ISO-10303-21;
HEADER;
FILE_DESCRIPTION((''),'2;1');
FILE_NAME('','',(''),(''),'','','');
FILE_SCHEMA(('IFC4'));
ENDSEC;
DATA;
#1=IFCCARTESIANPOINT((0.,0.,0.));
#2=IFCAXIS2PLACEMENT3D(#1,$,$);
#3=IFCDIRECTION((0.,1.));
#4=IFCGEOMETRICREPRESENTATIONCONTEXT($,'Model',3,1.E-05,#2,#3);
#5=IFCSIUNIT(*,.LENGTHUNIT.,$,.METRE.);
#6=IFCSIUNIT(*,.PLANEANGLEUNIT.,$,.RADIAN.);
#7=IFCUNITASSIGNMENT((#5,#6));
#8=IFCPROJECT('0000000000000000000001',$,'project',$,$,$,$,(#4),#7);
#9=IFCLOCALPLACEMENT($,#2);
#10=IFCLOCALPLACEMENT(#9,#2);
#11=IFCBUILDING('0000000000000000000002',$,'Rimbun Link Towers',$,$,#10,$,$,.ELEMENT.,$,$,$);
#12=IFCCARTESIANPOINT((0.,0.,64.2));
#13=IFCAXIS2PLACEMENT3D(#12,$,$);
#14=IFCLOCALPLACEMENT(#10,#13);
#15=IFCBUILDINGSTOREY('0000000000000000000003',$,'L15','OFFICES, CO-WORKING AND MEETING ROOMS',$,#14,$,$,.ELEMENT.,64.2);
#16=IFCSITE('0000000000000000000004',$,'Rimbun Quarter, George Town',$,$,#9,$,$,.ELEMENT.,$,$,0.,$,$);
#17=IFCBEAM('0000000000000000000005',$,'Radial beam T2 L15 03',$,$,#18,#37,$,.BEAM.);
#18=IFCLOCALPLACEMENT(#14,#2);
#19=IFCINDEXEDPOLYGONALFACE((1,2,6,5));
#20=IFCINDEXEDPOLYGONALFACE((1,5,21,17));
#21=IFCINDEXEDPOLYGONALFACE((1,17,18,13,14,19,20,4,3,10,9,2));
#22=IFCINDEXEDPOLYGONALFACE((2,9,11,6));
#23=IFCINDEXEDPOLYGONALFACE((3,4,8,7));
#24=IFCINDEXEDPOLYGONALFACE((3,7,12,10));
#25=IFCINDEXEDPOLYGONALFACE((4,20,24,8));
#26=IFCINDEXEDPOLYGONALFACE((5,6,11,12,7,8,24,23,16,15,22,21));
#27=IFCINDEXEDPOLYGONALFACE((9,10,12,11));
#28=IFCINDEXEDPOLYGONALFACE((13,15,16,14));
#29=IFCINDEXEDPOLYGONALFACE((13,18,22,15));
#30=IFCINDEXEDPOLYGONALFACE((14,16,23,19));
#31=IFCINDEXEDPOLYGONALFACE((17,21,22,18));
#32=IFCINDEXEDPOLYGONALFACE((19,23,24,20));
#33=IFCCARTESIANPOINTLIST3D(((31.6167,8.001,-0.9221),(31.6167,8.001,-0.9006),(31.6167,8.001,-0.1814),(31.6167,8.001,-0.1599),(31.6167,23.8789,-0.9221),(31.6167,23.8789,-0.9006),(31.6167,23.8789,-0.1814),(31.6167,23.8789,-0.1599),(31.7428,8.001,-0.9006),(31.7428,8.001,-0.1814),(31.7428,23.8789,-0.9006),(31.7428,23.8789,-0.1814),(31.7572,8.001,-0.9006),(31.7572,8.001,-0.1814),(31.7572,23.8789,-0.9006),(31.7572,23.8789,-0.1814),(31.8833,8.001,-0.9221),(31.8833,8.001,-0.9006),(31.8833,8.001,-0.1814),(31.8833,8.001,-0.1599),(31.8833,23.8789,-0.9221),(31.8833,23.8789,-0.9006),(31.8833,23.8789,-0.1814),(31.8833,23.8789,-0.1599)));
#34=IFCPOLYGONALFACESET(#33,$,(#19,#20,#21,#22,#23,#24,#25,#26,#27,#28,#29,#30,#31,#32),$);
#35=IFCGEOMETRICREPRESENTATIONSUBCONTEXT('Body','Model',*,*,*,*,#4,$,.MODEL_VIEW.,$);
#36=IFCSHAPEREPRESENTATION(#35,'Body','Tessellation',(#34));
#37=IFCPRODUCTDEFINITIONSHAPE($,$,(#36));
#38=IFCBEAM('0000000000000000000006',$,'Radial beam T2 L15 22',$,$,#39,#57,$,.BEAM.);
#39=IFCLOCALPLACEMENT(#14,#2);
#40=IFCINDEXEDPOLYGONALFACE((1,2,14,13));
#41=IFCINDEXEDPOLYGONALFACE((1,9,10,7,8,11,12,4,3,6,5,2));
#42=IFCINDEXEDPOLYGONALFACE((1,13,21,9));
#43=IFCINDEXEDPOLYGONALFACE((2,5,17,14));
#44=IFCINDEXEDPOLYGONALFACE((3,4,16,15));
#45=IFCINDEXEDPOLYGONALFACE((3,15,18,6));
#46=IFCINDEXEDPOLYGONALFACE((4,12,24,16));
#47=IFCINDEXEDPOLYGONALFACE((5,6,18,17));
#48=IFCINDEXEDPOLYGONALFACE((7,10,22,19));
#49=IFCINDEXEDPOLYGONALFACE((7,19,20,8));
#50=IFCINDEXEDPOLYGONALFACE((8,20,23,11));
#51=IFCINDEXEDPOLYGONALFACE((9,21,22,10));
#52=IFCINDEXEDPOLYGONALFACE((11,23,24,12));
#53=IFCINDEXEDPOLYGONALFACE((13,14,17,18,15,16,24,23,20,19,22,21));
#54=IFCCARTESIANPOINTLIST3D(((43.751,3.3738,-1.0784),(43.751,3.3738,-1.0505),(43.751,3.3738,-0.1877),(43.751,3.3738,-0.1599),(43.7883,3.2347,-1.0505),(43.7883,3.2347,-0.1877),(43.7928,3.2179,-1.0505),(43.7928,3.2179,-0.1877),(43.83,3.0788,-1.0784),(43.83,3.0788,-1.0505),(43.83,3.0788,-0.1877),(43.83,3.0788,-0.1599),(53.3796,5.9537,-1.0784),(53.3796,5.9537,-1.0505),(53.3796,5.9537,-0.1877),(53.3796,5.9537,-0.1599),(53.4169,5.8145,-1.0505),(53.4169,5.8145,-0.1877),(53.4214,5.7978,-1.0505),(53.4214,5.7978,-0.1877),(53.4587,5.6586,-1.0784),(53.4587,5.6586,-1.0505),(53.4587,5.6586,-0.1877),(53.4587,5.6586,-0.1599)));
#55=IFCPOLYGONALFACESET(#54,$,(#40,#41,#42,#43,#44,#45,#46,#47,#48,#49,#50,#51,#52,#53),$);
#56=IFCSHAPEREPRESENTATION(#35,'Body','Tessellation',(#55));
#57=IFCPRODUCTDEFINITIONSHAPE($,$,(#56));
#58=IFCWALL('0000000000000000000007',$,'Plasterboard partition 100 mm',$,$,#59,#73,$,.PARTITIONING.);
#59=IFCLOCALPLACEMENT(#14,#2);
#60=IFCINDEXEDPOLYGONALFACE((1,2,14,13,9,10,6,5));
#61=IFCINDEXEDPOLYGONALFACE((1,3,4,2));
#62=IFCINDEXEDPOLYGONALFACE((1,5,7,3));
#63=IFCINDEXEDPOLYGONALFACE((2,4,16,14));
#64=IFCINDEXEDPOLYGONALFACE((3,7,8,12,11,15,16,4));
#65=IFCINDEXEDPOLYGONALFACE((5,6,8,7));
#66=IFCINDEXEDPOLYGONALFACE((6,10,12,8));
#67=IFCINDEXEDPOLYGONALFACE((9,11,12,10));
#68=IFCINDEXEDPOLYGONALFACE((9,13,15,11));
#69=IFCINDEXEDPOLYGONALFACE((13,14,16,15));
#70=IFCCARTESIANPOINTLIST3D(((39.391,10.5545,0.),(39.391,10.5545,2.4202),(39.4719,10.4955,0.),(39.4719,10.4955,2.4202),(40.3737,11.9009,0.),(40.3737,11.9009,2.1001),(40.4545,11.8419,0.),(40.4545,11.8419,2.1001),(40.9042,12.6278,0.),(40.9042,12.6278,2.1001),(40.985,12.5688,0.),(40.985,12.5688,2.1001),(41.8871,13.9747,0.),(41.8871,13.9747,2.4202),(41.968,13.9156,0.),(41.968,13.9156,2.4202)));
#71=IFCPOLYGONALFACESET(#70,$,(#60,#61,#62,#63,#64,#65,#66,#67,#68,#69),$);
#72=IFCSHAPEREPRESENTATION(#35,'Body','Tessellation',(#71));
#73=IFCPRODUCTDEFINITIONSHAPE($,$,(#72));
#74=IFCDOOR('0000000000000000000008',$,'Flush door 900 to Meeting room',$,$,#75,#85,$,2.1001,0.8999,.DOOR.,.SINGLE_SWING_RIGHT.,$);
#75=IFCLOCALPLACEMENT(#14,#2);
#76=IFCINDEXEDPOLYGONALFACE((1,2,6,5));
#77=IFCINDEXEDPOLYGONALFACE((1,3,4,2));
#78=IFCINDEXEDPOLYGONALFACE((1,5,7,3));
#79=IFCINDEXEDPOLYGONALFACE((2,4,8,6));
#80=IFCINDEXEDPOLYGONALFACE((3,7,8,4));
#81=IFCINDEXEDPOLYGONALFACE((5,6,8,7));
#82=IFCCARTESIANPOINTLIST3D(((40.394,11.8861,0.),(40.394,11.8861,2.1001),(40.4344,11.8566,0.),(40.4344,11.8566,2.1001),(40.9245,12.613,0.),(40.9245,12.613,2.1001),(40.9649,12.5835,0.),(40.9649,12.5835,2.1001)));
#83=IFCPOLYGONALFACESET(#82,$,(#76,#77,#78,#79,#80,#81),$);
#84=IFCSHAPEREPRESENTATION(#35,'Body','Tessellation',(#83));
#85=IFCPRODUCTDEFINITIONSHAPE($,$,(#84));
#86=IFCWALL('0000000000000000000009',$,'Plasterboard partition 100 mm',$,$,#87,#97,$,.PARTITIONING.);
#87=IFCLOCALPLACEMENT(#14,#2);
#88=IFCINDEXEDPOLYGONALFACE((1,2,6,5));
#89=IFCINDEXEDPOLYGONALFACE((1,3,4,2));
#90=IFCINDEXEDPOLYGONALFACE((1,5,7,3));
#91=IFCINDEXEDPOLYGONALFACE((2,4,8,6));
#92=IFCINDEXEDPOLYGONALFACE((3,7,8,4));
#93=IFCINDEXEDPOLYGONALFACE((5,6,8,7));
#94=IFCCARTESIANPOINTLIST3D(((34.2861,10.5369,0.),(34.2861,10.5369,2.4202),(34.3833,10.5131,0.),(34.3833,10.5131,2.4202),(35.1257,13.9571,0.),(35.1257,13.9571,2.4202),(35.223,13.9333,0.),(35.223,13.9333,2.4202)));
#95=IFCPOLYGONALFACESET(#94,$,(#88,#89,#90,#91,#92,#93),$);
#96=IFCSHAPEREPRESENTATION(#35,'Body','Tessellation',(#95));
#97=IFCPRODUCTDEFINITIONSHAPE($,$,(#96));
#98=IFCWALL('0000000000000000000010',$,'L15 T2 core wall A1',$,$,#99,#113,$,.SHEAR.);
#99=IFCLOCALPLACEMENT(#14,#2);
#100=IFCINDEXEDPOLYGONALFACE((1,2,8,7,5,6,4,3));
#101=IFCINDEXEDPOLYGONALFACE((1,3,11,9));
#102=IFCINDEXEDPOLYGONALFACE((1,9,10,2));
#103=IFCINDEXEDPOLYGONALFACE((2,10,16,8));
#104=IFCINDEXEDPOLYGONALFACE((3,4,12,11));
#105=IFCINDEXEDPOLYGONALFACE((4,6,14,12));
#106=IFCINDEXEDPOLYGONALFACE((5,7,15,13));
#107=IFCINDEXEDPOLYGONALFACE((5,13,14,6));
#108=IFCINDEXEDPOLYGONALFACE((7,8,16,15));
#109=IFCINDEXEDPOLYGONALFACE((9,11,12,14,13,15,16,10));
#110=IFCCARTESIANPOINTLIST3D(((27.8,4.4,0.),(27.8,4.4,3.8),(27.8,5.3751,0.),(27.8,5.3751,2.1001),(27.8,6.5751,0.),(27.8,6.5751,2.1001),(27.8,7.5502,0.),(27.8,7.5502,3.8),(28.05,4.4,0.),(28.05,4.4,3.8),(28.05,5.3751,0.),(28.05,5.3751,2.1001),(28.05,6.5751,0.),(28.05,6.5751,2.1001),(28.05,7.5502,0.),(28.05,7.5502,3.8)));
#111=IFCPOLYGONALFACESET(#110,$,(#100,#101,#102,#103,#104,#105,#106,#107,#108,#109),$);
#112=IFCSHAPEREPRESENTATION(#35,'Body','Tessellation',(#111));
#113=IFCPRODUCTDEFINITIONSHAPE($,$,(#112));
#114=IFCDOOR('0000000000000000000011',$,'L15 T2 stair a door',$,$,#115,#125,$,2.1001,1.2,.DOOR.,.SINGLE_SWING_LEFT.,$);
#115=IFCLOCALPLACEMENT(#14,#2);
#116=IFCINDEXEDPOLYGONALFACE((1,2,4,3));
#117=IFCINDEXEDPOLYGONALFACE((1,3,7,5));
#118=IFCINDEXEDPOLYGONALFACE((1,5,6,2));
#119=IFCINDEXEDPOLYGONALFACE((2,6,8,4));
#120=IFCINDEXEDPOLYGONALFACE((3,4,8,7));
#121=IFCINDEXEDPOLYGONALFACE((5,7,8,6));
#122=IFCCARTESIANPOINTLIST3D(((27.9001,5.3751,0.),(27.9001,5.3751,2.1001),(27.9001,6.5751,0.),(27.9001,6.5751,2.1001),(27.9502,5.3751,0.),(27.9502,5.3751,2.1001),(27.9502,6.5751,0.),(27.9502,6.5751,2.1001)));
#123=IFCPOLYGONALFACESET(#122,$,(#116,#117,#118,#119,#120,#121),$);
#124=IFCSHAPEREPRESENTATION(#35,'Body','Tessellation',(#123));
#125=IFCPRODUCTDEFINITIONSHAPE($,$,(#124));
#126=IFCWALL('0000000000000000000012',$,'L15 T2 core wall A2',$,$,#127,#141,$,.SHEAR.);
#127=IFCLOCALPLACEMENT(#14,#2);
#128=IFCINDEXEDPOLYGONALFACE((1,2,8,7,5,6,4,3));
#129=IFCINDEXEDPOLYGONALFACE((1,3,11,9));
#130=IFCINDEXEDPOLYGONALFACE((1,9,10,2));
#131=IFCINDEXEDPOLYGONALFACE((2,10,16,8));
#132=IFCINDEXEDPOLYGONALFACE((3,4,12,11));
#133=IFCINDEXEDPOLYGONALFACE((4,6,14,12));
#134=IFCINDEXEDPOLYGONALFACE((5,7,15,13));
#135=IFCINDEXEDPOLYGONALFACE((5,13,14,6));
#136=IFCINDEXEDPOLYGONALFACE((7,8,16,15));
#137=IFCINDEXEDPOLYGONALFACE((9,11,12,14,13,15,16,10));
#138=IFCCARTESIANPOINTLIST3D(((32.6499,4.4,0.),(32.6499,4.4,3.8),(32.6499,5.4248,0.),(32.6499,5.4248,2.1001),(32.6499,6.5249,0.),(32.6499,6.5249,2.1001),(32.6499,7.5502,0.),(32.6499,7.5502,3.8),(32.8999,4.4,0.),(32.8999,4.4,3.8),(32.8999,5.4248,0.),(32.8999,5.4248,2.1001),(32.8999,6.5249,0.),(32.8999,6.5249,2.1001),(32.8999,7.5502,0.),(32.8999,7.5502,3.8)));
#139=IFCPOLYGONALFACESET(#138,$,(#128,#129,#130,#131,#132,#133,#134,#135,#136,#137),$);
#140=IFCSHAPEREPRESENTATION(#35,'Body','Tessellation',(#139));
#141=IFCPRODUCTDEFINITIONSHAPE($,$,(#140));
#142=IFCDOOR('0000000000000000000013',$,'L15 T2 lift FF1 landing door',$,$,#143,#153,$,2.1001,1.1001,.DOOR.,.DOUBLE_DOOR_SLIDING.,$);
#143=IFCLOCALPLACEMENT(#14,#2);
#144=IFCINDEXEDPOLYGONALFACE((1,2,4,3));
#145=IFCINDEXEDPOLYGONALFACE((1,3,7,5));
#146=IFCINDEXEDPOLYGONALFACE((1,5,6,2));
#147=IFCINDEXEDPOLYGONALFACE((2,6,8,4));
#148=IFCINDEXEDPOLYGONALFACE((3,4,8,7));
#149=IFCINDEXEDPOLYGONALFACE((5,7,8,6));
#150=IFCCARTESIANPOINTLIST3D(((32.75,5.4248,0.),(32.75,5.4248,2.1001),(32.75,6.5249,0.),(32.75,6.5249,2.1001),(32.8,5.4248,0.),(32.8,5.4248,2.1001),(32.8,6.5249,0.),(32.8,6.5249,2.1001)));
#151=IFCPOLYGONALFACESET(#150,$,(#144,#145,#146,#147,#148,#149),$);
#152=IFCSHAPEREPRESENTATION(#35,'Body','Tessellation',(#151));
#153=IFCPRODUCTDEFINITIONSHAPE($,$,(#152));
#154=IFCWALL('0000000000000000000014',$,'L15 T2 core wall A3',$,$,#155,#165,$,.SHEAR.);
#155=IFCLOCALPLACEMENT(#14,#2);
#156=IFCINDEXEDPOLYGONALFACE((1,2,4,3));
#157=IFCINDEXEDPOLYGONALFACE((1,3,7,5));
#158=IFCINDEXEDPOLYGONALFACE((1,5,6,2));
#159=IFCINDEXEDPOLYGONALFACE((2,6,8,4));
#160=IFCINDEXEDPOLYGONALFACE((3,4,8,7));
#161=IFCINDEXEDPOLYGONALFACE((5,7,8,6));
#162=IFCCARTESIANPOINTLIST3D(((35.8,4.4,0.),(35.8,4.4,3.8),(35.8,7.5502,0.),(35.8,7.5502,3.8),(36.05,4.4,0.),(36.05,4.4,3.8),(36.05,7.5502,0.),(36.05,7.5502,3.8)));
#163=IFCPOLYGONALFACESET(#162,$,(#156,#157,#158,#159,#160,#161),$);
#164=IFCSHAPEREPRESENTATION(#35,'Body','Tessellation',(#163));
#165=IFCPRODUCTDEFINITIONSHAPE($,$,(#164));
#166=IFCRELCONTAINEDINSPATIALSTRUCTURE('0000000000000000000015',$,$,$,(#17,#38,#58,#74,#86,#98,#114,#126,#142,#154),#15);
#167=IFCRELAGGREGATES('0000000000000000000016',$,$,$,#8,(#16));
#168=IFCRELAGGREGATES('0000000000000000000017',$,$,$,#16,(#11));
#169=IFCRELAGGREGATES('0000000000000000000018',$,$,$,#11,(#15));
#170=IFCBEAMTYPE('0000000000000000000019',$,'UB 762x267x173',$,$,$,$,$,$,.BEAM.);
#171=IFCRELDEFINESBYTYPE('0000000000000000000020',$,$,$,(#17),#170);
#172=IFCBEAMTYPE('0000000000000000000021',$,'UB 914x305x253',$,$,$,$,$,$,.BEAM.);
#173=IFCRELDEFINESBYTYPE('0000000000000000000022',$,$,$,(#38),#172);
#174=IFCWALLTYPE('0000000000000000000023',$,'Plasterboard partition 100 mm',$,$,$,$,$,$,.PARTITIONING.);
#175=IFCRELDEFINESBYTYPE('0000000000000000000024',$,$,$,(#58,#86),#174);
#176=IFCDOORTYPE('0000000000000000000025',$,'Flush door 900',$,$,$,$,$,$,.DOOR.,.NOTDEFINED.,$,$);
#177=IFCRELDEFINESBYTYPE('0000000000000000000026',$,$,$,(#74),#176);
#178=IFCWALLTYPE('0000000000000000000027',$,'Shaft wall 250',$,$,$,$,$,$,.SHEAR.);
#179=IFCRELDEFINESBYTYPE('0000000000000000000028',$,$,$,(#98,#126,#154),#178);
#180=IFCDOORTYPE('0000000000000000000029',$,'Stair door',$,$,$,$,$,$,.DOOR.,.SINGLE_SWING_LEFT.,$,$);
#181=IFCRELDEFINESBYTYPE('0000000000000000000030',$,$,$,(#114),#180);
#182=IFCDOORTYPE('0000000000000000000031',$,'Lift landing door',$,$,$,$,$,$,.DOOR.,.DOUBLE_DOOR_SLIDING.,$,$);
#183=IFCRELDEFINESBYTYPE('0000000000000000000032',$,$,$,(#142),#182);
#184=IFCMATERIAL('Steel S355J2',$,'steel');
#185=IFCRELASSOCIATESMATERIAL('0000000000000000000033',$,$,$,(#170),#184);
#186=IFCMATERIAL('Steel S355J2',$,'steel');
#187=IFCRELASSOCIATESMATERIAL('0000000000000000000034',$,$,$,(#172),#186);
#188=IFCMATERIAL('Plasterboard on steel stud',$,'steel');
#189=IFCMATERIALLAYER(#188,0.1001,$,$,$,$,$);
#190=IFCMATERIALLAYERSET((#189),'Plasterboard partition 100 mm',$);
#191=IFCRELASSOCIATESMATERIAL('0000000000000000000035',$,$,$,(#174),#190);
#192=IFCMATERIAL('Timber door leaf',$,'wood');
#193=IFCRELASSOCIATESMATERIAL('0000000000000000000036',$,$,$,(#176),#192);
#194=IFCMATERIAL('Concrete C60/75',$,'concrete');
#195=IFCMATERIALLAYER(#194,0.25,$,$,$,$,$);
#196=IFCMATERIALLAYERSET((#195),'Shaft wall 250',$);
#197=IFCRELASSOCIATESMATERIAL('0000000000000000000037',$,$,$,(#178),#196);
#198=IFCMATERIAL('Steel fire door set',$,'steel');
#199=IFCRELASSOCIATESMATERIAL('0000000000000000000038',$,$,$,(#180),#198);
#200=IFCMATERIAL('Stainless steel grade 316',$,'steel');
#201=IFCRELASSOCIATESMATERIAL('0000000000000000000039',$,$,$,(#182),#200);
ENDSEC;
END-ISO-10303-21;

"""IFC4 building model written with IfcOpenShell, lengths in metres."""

from ifc_helpers import new_model, si_unit, direction, frame, frame_2d, origin, origin_2d, place, context, subcontext, project, spatial, rectangle, i_section, extrude, material, layer, layer_set, material_profile, profile_set, type_object, element, fill, save


model = new_model("IFC4")

# Units and contexts
model_context = context("Model", 3, precision=1e-05, world=origin(), true_north=direction((0.0, 1.0)))
body_context = subcontext(model_context, "Body", "Model", "MODEL_VIEW")
ifc_project = project(units=[si_unit("LENGTHUNIT", "METRE"), si_unit("PLANEANGLEUNIT", "RADIAN")], contexts=[model_context])

# Site, building, storey
site_placement = place(None, origin())
site = spatial("IfcSite", under=ifc_project, at=site_placement, Name="Rimbun Quarter, George Town", CompositionType="ELEMENT", RefElevation=0.0)
building_placement = place(site_placement, origin())
building = spatial("IfcBuilding", under=site, at=building_placement, Name="Rimbun Link Towers", CompositionType="ELEMENT")
storey_placement = place(building_placement, frame((0.0, 0.0, 64.2)))
storey = spatial("IfcBuildingStorey", under=building, at=storey_placement, Name="L15", Description="OFFICES, CO-WORKING AND MEETING ROOMS", CompositionType="ELEMENT", Elevation=64.2)

# Beams
ifc_material_1 = material(Name="Steel S355J2", Category="steel")
ifc_material_profile_1 = material_profile(ifc_material_1, i_section(OverallWidth=0.2666, OverallDepth=0.7622, WebThickness=0.0144, FlangeThickness=0.0215, at=origin_2d()), Name="UB 762x267x173")
ifc_profile_set_1 = profile_set([ifc_material_profile_1], Name="Steel S355J2")
beam_type_1 = type_object("IfcBeamType", Name="UB 762x267x173", PredefinedType="BEAM", material=ifc_profile_set_1)
beam_1_placement = place(storey_placement, frame((31.75, 8.001, -0.541), z_axis=(0.0, 1.0, 0.0), x_axis=(-1.0, 0.0, 0.0)))
element("IfcBeam", 1, at=beam_1_placement, inside=storey, type_object=beam_type_1, Name="Radial beam T2 L15 03", PredefinedType="BEAM", context=body_context, shape_type="SweptSolid", body=[
    extrude(i_section(OverallWidth=0.2666, OverallDepth=0.7622, WebThickness=0.0144, FlangeThickness=0.0215, at=origin_2d()), origin(), (0.0, 0.0, 1.0), 15.8779),
])
ifc_material_2 = material(Name="Steel S355J2", Category="steel")
ifc_material_profile_2 = material_profile(ifc_material_2, i_section(OverallWidth=0.3054, OverallDepth=0.9185, WebThickness=0.0173, FlangeThickness=0.0278, at=origin_2d()), Name="UB 914x305x253")
ifc_profile_set_2 = profile_set([ifc_material_profile_2], Name="Steel S355J2")
beam_type_2 = type_object("IfcBeamType", Name="UB 914x305x253", PredefinedType="BEAM", material=ifc_profile_set_2)
beam_2_placement = place(storey_placement, frame((43.7905, 3.2263, -0.6191), z_axis=(0.96593, 0.258804, 0.0), x_axis=(-0.258804, 0.96593, 0.0)))
element("IfcBeam", 2, at=beam_2_placement, inside=storey, type_object=beam_type_2, Name="Radial beam T2 L15 22", PredefinedType="BEAM", context=body_context, shape_type="SweptSolid", body=[
    extrude(i_section(OverallWidth=0.3054, OverallDepth=0.9185, WebThickness=0.0173, FlangeThickness=0.0278, at=origin_2d()), origin(), (0.0, 0.0, 1.0), 9.9683),
])

# Wall, opening, door
ifc_material_3 = material(Name="Plasterboard on steel stud", Category="steel")
ifc_layer_1 = layer(ifc_material_3, 0.1001)
ifc_layer_set_1 = layer_set([ifc_layer_1], Name="Plasterboard partition 100 mm")
wall_type_1 = type_object("IfcWallType", Name="Plasterboard partition 100 mm", PredefinedType="PARTITIONING", material=ifc_layer_set_1)
wall_1_placement = place(storey_placement, frame((39.4314, 10.5249, 0.0), z_axis=(0.0, 0.0, 1.0), x_axis=(0.589515, 0.807758, 0.0)))
wall_1 = element("IfcWall", 3, at=wall_1_placement, inside=storey, type_object=wall_type_1, Name="Plasterboard partition 100 mm", PredefinedType="PARTITIONING", context=body_context, shape_type="SweptSolid", body=[
    extrude(rectangle(XDim=4.2341, YDim=0.1001, at=frame_2d((2.1172, 0.0))), origin(), (0.0, 0.0, 1.0), 2.4202),
])
opening_1_placement = place(wall_1_placement, frame((1.667, 0.0, 0.0)))
opening_1 = element("IfcOpeningElement", 4, at=opening_1_placement, cuts=wall_1, PredefinedType="OPENING", context=body_context, shape_type="SweptSolid", body=[
    extrude(rectangle(XDim=0.8999, YDim=2.1001, at=frame_2d((0.45, 1.05))), frame((0.0, 0.0601, 0.0), z_axis=(0.0, -1.0, 0.0), x_axis=(1.0, 0.0, 0.0)), (0.0, 0.0, 1.0), 0.1201),
])
ifc_material_4 = material(Name="Timber door leaf", Category="wood")
door_type_1 = type_object("IfcDoorType", Name="Flush door 900", OperationType="NOTDEFINED", PredefinedType="DOOR", material=ifc_material_4)
door_1_placement = place(opening_1_placement, origin())
door_1 = element("IfcDoor", 5, at=door_1_placement, inside=storey, type_object=door_type_1, Name="Flush door 900 to Meeting room", OperationType="SINGLE_SWING_RIGHT", OverallHeight=2.1001, OverallWidth=0.8999, PredefinedType="DOOR", context=body_context, shape_type="SweptSolid", body=[
    extrude(rectangle(XDim=0.8999, YDim=2.1001, at=frame_2d((0.45, 1.05))), frame((0.0, 0.0249, 0.0), z_axis=(0.0, -1.0, 0.0), x_axis=(1.0, 0.0, 0.0)), (0.0, 0.0, 1.0), 0.05),
])
fill(opening_1, door_1)

# Wall
wall_2_placement = place(storey_placement, frame((35.1743, 13.9451, 0.0), z_axis=(0.0, 0.0, 1.0), x_axis=(-0.238407, -0.971165, 0.0)))
element("IfcWall", 6, at=wall_2_placement, inside=storey, type_object=wall_type_1, Name="Plasterboard partition 100 mm", PredefinedType="PARTITIONING", context=body_context, shape_type="SweptSolid", body=[
    extrude(rectangle(XDim=3.5217, YDim=0.1001, at=frame_2d((1.7607, 0.0))), origin(), (0.0, 0.0, 1.0), 2.4202),
])

# Walls, openings, doors
ifc_material_5 = material(Name="Concrete C60/75", Category="concrete")
ifc_layer_2 = layer(ifc_material_5, 0.25)
ifc_layer_set_2 = layer_set([ifc_layer_2], Name="Shaft wall 250")
wall_type_2 = type_object("IfcWallType", Name="Shaft wall 250", PredefinedType="SHEAR", material=ifc_layer_set_2)
wall_3_placement = place(storey_placement, frame((27.925, 4.3999, 0.0), z_axis=(0.0, 0.0, 1.0), x_axis=(0.0, 1.0, 0.0)))
wall_3 = element("IfcWall", 7, at=wall_3_placement, inside=storey, type_object=wall_type_2, Name="L15 T2 core wall A1", PredefinedType="SHEAR", context=body_context, shape_type="SweptSolid", body=[
    extrude(rectangle(XDim=3.1501, YDim=0.25, at=frame_2d((1.5752, 0.0))), origin(), (0.0, 0.0, 1.0), 3.8),
])
opening_2_placement = place(wall_3_placement, frame((0.9751, 0.0, 0.0)))
opening_2 = element("IfcOpeningElement", 8, at=opening_2_placement, cuts=wall_3, PredefinedType="OPENING", context=body_context, shape_type="SweptSolid", body=[
    extrude(rectangle(XDim=1.2, YDim=2.1001, at=frame_2d((0.6001, 1.05))), frame((0.0, 0.135, 0.0), z_axis=(0.0, -1.0, 0.0), x_axis=(1.0, 0.0, 0.0)), (0.0, 0.0, 1.0), 0.27),
])
ifc_material_6 = material(Name="Steel fire door set", Category="steel")
door_type_2 = type_object("IfcDoorType", Name="Stair door", OperationType="SINGLE_SWING_LEFT", PredefinedType="DOOR", material=ifc_material_6)
door_2_placement = place(opening_2_placement, origin())
door_2 = element("IfcDoor", 9, at=door_2_placement, inside=storey, type_object=door_type_2, Name="L15 T2 stair a door", OperationType="SINGLE_SWING_LEFT", OverallHeight=2.1001, OverallWidth=1.2, PredefinedType="DOOR", context=body_context, shape_type="SweptSolid", body=[
    extrude(rectangle(XDim=1.2, YDim=2.1001, at=frame_2d((0.6001, 1.05))), frame((0.0, 0.0249, 0.0), z_axis=(0.0, -1.0, 0.0), x_axis=(1.0, 0.0, 0.0)), (0.0, 0.0, 1.0), 0.05),
])
fill(opening_2, door_2)
wall_4_placement = place(storey_placement, frame((32.7749, 4.3999, 0.0), z_axis=(0.0, 0.0, 1.0), x_axis=(0.0, 1.0, 0.0)))
wall_4 = element("IfcWall", 10, at=wall_4_placement, inside=storey, type_object=wall_type_2, Name="L15 T2 core wall A2", PredefinedType="SHEAR", context=body_context, shape_type="SweptSolid", body=[
    extrude(rectangle(XDim=3.1501, YDim=0.25, at=frame_2d((1.5752, 0.0))), origin(), (0.0, 0.0, 1.0), 3.8),
])
opening_3_placement = place(wall_4_placement, frame((1.0249, 0.0, 0.0)))
opening_3 = element("IfcOpeningElement", 11, at=opening_3_placement, cuts=wall_4, PredefinedType="OPENING", context=body_context, shape_type="SweptSolid", body=[
    extrude(rectangle(XDim=1.1001, YDim=2.1001, at=frame_2d((0.55, 1.05))), frame((0.0, 0.135, 0.0), z_axis=(0.0, -1.0, 0.0), x_axis=(1.0, 0.0, 0.0)), (0.0, 0.0, 1.0), 0.27),
])
ifc_material_7 = material(Name="Stainless steel grade 316", Category="steel")
door_type_3 = type_object("IfcDoorType", Name="Lift landing door", OperationType="DOUBLE_DOOR_SLIDING", PredefinedType="DOOR", material=ifc_material_7)
door_3_placement = place(opening_3_placement, origin())
door_3 = element("IfcDoor", 12, at=door_3_placement, inside=storey, type_object=door_type_3, Name="L15 T2 lift FF1 landing door", OperationType="DOUBLE_DOOR_SLIDING", OverallHeight=2.1001, OverallWidth=1.1001, PredefinedType="DOOR", context=body_context, shape_type="SweptSolid", body=[
    extrude(rectangle(XDim=1.1001, YDim=2.1001, at=frame_2d((0.55, 1.05))), frame((0.0, 0.0249, 0.0), z_axis=(0.0, -1.0, 0.0), x_axis=(1.0, 0.0, 0.0)), (0.0, 0.0, 1.0), 0.05),
])
fill(opening_3, door_3)

# Wall
wall_5_placement = place(storey_placement, frame((35.925, 4.3999, 0.0), z_axis=(0.0, 0.0, 1.0), x_axis=(0.0, 1.0, 0.0)))
element("IfcWall", 13, at=wall_5_placement, inside=storey, type_object=wall_type_2, Name="L15 T2 core wall A3", PredefinedType="SHEAR", context=body_context, shape_type="SweptSolid", body=[
    extrude(rectangle(XDim=3.1501, YDim=0.25, at=frame_2d((1.5752, 0.0))), origin(), (0.0, 0.0, 1.0), 3.8),
])

save(model, "model.ifc")
